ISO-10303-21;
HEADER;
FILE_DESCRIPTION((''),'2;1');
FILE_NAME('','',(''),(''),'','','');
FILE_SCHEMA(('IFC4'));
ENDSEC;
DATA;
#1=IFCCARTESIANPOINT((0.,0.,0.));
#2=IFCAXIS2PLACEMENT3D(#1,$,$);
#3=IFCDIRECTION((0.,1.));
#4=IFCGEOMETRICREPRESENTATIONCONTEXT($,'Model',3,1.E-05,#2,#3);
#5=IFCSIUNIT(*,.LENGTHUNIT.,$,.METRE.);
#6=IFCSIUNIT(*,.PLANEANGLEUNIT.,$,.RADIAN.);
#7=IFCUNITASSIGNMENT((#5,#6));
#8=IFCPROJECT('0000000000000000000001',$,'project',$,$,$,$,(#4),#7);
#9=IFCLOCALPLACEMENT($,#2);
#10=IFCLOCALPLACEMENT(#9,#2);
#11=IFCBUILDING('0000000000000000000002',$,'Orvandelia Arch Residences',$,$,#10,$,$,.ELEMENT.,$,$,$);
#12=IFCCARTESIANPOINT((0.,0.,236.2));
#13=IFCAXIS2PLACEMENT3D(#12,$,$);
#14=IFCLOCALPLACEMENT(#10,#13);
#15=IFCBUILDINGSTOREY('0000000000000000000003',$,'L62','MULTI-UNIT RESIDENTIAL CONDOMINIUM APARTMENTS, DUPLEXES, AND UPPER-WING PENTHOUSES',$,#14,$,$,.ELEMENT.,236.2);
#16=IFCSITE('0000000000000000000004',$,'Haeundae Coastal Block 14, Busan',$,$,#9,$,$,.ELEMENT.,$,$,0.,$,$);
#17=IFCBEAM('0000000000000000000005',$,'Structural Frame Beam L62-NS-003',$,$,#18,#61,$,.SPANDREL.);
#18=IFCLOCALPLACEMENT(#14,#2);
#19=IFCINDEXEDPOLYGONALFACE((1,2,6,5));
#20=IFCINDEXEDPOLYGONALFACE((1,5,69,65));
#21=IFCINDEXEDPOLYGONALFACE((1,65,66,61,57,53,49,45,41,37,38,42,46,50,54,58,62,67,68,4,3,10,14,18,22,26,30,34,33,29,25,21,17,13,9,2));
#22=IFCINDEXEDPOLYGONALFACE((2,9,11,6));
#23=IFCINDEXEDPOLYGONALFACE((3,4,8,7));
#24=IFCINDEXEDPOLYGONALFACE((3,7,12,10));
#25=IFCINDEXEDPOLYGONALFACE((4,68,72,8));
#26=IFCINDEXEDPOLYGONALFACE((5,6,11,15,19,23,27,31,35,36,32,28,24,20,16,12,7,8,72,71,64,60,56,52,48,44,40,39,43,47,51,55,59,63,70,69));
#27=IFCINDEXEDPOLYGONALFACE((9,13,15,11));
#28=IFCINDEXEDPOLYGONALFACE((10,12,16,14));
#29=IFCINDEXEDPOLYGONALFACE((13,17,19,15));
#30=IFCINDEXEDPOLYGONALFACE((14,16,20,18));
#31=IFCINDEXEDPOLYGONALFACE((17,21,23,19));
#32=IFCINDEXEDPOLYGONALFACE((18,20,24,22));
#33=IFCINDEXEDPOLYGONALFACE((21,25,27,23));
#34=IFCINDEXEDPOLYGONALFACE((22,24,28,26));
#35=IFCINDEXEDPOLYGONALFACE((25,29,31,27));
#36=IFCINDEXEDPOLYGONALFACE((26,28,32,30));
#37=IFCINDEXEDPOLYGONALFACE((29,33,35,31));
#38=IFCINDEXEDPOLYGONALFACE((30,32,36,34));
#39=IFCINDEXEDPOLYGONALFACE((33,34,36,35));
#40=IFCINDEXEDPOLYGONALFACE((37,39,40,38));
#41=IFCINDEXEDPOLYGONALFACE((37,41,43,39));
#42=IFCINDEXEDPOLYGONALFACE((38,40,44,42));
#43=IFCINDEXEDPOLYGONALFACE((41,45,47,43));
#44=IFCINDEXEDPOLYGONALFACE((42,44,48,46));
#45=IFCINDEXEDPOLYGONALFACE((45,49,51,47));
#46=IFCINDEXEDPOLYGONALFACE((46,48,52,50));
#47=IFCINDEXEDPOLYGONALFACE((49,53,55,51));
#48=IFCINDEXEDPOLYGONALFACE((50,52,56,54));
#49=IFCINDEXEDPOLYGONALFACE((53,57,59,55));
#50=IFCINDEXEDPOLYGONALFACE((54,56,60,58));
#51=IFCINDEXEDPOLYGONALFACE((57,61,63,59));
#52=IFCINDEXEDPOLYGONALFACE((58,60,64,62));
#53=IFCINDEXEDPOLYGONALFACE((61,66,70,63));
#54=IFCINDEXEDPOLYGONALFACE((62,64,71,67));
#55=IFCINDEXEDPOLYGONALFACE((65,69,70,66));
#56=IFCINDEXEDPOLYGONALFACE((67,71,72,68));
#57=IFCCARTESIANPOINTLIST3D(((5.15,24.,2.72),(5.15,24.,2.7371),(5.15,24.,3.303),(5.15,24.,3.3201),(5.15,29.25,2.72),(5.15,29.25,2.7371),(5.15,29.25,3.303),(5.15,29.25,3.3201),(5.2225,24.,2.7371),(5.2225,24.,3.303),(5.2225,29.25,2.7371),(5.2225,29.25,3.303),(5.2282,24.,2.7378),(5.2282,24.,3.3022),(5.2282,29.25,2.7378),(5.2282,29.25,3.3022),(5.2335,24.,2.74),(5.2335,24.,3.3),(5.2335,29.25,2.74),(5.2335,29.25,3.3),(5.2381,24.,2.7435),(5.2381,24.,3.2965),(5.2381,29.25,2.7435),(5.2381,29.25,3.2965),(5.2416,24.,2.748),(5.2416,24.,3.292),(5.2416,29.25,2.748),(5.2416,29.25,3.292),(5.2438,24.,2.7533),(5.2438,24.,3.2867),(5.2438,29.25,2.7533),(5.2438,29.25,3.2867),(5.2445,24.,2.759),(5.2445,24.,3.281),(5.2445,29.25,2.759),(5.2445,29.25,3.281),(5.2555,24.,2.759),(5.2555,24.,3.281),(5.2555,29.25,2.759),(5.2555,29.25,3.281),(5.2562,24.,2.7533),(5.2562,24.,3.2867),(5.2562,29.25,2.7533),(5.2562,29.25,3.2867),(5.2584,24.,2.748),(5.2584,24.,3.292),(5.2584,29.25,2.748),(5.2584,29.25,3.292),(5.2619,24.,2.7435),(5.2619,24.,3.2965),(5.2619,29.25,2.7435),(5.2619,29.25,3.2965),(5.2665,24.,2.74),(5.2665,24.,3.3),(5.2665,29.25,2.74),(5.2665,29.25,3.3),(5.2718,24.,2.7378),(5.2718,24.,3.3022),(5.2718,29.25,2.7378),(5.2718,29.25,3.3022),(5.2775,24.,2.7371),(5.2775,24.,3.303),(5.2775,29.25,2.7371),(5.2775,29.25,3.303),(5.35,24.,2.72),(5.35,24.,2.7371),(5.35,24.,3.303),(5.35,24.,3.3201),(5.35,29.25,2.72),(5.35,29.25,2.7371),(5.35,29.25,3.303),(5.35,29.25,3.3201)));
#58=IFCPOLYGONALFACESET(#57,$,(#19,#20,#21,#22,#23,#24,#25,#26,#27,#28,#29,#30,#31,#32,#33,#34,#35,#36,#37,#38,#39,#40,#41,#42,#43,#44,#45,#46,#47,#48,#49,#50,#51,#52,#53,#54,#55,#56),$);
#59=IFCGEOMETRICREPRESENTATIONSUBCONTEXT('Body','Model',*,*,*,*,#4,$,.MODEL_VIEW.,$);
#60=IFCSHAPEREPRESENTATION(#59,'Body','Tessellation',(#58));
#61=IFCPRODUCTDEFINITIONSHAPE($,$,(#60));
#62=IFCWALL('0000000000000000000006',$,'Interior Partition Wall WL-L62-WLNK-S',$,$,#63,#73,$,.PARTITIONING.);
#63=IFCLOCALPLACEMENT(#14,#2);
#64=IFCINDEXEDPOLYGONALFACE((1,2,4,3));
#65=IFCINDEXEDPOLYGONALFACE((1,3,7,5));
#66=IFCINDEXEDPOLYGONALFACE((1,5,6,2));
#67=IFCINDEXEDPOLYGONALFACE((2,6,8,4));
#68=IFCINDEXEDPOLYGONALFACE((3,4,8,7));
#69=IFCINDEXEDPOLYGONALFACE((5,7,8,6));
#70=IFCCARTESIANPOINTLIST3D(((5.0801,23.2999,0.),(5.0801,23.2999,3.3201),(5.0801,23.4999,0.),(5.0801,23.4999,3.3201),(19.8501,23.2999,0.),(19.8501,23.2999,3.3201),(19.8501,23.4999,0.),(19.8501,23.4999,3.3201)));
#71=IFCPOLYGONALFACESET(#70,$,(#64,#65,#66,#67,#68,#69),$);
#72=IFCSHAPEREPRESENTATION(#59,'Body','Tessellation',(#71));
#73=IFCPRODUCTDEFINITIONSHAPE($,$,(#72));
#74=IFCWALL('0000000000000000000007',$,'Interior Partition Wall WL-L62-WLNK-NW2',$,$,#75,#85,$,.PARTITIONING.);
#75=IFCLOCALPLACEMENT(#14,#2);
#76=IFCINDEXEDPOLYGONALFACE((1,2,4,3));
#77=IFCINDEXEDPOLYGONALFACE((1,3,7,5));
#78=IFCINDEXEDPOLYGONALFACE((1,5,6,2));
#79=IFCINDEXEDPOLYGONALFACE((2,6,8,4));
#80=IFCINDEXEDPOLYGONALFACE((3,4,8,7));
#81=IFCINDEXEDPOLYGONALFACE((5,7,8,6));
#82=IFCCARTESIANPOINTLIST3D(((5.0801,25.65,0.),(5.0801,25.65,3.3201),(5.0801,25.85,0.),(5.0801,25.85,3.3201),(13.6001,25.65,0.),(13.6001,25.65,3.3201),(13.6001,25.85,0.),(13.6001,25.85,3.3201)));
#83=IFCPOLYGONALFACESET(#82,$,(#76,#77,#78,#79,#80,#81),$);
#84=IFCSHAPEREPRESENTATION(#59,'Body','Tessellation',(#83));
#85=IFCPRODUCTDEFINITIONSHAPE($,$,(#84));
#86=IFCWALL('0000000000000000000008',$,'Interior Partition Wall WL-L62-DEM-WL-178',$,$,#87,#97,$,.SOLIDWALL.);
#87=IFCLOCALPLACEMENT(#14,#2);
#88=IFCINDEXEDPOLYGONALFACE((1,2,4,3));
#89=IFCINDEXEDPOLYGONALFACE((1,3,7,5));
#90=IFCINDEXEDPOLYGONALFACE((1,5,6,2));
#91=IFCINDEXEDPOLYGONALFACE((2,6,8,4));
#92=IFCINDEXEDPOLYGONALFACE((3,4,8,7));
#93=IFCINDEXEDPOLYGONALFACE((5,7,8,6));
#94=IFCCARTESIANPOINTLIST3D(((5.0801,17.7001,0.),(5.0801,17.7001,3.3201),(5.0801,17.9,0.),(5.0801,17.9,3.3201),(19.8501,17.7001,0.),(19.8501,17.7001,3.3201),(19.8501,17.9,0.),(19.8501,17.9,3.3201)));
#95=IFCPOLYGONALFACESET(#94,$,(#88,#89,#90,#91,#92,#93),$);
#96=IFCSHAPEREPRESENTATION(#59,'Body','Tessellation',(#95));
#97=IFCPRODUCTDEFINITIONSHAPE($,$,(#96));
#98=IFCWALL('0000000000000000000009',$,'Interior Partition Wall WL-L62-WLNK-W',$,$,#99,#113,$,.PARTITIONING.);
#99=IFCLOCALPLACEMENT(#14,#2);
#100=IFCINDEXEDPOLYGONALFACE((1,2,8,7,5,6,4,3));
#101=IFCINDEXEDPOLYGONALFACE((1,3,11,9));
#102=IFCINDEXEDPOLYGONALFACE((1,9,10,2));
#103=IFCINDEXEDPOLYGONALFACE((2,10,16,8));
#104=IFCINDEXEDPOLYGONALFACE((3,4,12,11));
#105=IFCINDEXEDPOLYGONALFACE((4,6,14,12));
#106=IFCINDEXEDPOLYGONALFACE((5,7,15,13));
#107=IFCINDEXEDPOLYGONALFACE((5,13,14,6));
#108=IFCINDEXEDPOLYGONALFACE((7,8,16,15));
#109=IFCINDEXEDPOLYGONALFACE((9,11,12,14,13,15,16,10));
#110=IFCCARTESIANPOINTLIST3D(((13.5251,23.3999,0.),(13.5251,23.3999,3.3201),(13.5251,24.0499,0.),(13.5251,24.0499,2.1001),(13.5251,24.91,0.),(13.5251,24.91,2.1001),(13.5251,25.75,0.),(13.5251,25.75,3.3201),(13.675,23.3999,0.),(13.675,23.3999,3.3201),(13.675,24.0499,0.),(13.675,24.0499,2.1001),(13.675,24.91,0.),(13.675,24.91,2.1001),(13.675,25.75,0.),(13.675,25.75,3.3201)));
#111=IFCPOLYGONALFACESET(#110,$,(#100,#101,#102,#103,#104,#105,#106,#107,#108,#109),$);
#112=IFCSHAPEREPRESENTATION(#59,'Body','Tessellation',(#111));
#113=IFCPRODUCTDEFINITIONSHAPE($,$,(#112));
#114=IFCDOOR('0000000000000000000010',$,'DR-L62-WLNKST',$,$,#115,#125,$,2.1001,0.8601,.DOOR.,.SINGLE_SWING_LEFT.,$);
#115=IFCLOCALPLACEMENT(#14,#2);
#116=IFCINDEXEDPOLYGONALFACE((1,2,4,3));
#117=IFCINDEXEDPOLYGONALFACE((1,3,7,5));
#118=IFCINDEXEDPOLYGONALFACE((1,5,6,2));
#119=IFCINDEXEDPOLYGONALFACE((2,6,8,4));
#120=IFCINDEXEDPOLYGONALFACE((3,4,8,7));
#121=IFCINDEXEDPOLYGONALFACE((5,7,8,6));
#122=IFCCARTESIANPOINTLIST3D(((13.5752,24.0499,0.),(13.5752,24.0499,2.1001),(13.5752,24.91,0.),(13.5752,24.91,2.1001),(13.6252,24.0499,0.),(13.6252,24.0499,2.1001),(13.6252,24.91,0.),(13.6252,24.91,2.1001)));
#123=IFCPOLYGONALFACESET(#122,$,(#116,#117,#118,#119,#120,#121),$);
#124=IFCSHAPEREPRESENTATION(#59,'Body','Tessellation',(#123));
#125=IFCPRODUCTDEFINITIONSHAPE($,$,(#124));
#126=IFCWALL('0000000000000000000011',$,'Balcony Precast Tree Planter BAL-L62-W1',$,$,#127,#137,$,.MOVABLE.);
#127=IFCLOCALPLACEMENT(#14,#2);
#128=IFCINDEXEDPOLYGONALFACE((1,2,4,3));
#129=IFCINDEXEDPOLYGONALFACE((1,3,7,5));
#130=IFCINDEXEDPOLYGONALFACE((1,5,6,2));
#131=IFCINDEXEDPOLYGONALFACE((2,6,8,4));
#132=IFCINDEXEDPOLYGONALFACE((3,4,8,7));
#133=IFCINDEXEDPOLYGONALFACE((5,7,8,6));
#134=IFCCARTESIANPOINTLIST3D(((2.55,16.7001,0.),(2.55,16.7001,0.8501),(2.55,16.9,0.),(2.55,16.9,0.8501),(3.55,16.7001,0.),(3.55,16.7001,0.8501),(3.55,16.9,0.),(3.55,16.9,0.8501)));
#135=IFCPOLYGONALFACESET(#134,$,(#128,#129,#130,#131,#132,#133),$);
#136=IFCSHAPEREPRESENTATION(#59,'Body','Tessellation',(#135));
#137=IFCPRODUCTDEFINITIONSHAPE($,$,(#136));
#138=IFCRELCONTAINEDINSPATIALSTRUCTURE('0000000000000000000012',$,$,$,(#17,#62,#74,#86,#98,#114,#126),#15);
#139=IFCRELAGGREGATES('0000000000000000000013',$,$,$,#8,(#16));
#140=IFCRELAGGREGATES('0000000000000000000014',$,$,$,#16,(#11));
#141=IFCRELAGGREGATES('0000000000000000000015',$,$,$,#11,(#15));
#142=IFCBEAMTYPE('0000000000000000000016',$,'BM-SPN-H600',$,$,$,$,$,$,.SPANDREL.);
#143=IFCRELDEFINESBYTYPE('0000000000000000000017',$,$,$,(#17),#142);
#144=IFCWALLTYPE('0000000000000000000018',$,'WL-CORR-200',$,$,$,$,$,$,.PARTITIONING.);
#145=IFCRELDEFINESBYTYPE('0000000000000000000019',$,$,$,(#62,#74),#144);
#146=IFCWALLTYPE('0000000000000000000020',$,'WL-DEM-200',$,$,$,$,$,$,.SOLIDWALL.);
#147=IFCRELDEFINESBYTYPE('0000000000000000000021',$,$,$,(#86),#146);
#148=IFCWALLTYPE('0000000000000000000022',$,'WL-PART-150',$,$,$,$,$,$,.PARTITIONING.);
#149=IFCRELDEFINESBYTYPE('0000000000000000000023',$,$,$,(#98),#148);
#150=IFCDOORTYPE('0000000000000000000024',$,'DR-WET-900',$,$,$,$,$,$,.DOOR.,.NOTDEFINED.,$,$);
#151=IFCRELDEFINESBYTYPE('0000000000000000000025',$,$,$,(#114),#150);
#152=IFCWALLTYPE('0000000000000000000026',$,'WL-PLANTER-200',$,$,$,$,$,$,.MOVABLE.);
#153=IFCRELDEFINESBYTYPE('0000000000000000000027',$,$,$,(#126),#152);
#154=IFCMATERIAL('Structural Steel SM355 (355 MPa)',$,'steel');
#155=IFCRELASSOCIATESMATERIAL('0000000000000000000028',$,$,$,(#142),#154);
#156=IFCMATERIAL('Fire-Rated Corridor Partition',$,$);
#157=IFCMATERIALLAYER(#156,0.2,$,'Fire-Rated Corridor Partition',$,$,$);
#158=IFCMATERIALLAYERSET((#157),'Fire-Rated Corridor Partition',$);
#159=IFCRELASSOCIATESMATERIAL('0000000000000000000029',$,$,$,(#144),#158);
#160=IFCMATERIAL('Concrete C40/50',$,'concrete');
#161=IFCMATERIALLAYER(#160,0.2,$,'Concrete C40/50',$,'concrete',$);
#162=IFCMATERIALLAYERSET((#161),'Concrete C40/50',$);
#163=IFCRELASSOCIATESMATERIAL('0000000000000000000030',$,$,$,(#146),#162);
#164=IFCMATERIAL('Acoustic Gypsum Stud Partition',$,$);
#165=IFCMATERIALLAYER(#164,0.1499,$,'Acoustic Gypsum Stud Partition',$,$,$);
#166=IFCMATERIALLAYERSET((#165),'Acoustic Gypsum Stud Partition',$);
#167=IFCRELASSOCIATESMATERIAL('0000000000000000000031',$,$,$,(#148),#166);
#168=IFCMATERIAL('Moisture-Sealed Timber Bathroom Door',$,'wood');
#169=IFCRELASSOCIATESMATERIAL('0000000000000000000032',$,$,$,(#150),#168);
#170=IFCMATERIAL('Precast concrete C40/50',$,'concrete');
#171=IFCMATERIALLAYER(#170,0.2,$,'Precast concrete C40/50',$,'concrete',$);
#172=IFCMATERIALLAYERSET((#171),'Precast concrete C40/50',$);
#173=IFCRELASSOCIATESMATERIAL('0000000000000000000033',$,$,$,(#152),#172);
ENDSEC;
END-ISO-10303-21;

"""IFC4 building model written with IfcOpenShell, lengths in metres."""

from ifc_helpers import new_model, si_unit, direction, frame, frame_2d, origin, origin_2d, place, context, subcontext, project, spatial, rectangle, i_section, extrude, material, layer, layer_set, material_profile, profile_set, type_object, element, fill, save


model = new_model("IFC4")

# Units and contexts
model_context = context("Model", 3, precision=1e-05, world=origin(), true_north=direction((0.0, 1.0)))
body_context = subcontext(model_context, "Body", "Model", "MODEL_VIEW")
ifc_project = project(units=[si_unit("LENGTHUNIT", "METRE"), si_unit("PLANEANGLEUNIT", "RADIAN")], contexts=[model_context])

# Site, building, storey
site_placement = place(None, origin())
site = spatial("IfcSite", under=ifc_project, at=site_placement, Name="Haeundae Coastal Block 14, Busan", CompositionType="ELEMENT", RefElevation=0.0)
building_placement = place(site_placement, origin())
building = spatial("IfcBuilding", under=site, at=building_placement, Name="Orvandelia Arch Residences", CompositionType="ELEMENT")
storey_placement = place(building_placement, frame((0.0, 0.0, 236.2)))
storey = spatial("IfcBuildingStorey", under=building, at=storey_placement, Name="L62", Description="MULTI-UNIT RESIDENTIAL CONDOMINIUM APARTMENTS, DUPLEXES, AND UPPER-WING PENTHOUSES", CompositionType="ELEMENT", Elevation=236.2)

# Beam
ifc_material_1 = material(Name="Structural Steel SM355 (355 MPa)", Category="steel")
ifc_material_profile_1 = material_profile(ifc_material_1, i_section(OverallWidth=0.2, OverallDepth=0.6001, WebThickness=0.011, FlangeThickness=0.0171, FilletRadius=0.022, at=origin_2d()), Name="Structural Steel SM355 (355 MPa)", Category="steel")
ifc_profile_set_1 = profile_set([ifc_material_profile_1], Name="Structural Steel SM355 (355 MPa)")
beam_type_1 = type_object("IfcBeamType", Name="BM-SPN-H600", PredefinedType="SPANDREL", material=ifc_profile_set_1)
beam_1_placement = place(storey_placement, frame((5.25, 24.0, 3.02), z_axis=(0.0, 1.0, 0.0), x_axis=(-1.0, 0.0, 0.0)))
element("IfcBeam", 1, at=beam_1_placement, inside=storey, type_object=beam_type_1, Name="Structural Frame Beam L62-NS-003", PredefinedType="SPANDREL", context=body_context, shape_type="SweptSolid", body=[
    extrude(i_section(OverallWidth=0.2, OverallDepth=0.6001, WebThickness=0.011, FlangeThickness=0.0171, FilletRadius=0.022, at=origin_2d()), origin(), (0.0, 0.0, 1.0), 5.25),
])

# Walls
ifc_material_2 = material(Name="Fire-Rated Corridor Partition")
ifc_layer_1 = layer(ifc_material_2, 0.2, Name="Fire-Rated Corridor Partition")
ifc_layer_set_1 = layer_set([ifc_layer_1], Name="Fire-Rated Corridor Partition")
wall_type_1 = type_object("IfcWallType", Name="WL-CORR-200", PredefinedType="PARTITIONING", material=ifc_layer_set_1)
wall_1_placement = place(storey_placement, frame((5.0801, 23.3999, 0.0), z_axis=(0.0, 0.0, 1.0), x_axis=(1.0, 0.0, 0.0)))
element("IfcWall", 2, at=wall_1_placement, inside=storey, type_object=wall_type_1, Name="Interior Partition Wall WL-L62-WLNK-S", PredefinedType="PARTITIONING", context=body_context, shape_type="SweptSolid", body=[
    extrude(rectangle(XDim=14.77, YDim=0.2, at=frame_2d((7.385, 0.0))), origin(), (0.0, 0.0, 1.0), 3.3201),
])
wall_2_placement = place(storey_placement, frame((5.0801, 25.75, 0.0), z_axis=(0.0, 0.0, 1.0), x_axis=(1.0, 0.0, 0.0)))
element("IfcWall", 3, at=wall_2_placement, inside=storey, type_object=wall_type_1, Name="Interior Partition Wall WL-L62-WLNK-NW2", PredefinedType="PARTITIONING", context=body_context, shape_type="SweptSolid", body=[
    extrude(rectangle(XDim=8.52, YDim=0.2, at=frame_2d((4.26, 0.0))), origin(), (0.0, 0.0, 1.0), 3.3201),
])
ifc_material_3 = material(Name="Concrete C40/50", Category="concrete")
ifc_layer_2 = layer(ifc_material_3, 0.2, Name="Concrete C40/50", Category="concrete")
ifc_layer_set_2 = layer_set([ifc_layer_2], Name="Concrete C40/50")
wall_type_2 = type_object("IfcWallType", Name="WL-DEM-200", PredefinedType="SOLIDWALL", material=ifc_layer_set_2)
wall_3_placement = place(storey_placement, frame((5.0801, 17.8, 0.0), z_axis=(0.0, 0.0, 1.0), x_axis=(1.0, 0.0, 0.0)))
element("IfcWall", 4, at=wall_3_placement, inside=storey, type_object=wall_type_2, Name="Interior Partition Wall WL-L62-DEM-WL-178", PredefinedType="SOLIDWALL", context=body_context, shape_type="SweptSolid", body=[
    extrude(rectangle(XDim=14.77, YDim=0.2, at=frame_2d((7.385, 0.0))), origin(), (0.0, 0.0, 1.0), 3.3201),
])

# Wall, opening, door
ifc_material_4 = material(Name="Acoustic Gypsum Stud Partition")
ifc_layer_3 = layer(ifc_material_4, 0.1499, Name="Acoustic Gypsum Stud Partition")
ifc_layer_set_3 = layer_set([ifc_layer_3], Name="Acoustic Gypsum Stud Partition")
wall_type_3 = type_object("IfcWallType", Name="WL-PART-150", PredefinedType="PARTITIONING", material=ifc_layer_set_3)
wall_4_placement = place(storey_placement, frame((13.6001, 23.3999, 0.0), z_axis=(0.0, 0.0, 1.0), x_axis=(0.0, 1.0, 0.0)))
wall_4 = element("IfcWall", 5, at=wall_4_placement, inside=storey, type_object=wall_type_3, Name="Interior Partition Wall WL-L62-WLNK-W", PredefinedType="PARTITIONING", context=body_context, shape_type="SweptSolid", body=[
    extrude(rectangle(XDim=2.3501, YDim=0.1499, at=frame_2d((1.175, 0.0))), origin(), (0.0, 0.0, 1.0), 3.3201),
])
opening_1_placement = place(wall_4_placement, frame((0.6499, 0.0, 0.0)))
opening_1 = element("IfcOpeningElement", 6, at=opening_1_placement, cuts=wall_4, PredefinedType="OPENING", context=body_context, shape_type="SweptSolid", body=[
    extrude(rectangle(XDim=0.8601, YDim=2.1001, at=frame_2d((0.4302, 1.05))), frame((0.0, 0.085, 0.0), z_axis=(0.0, -1.0, 0.0), x_axis=(1.0, 0.0, 0.0)), (0.0, 0.0, 1.0), 0.1699),
])
ifc_material_5 = material(Name="Moisture-Sealed Timber Bathroom Door", Category="wood")
door_type = type_object("IfcDoorType", Name="DR-WET-900", OperationType="NOTDEFINED", PredefinedType="DOOR", material=ifc_material_5)
door_1_placement = place(opening_1_placement, origin())
door_1 = element("IfcDoor", 7, at=door_1_placement, inside=storey, type_object=door_type, Name="DR-L62-WLNKST", OperationType="SINGLE_SWING_LEFT", OverallHeight=2.1001, OverallWidth=0.8601, PredefinedType="DOOR", context=body_context, shape_type="SweptSolid", body=[
    extrude(rectangle(XDim=0.8601, YDim=2.1001, at=frame_2d((0.4302, 1.05))), frame((0.0, 0.0249, 0.0), z_axis=(0.0, -1.0, 0.0), x_axis=(1.0, 0.0, 0.0)), (0.0, 0.0, 1.0), 0.05),
])
fill(opening_1, door_1)

# Wall
ifc_material_6 = material(Name="Precast concrete C40/50", Category="concrete")
ifc_layer_4 = layer(ifc_material_6, 0.2, Name="Precast concrete C40/50", Category="concrete")
ifc_layer_set_4 = layer_set([ifc_layer_4], Name="Precast concrete C40/50")
wall_type_4 = type_object("IfcWallType", Name="WL-PLANTER-200", PredefinedType="MOVABLE", material=ifc_layer_set_4)
wall_5_placement = place(storey_placement, frame((2.55, 16.8, 0.0), z_axis=(0.0, 0.0, 1.0), x_axis=(1.0, 0.0, 0.0)))
element("IfcWall", 8, at=wall_5_placement, inside=storey, type_object=wall_type_4, Name="Balcony Precast Tree Planter BAL-L62-W1", PredefinedType="MOVABLE", context=body_context, shape_type="SweptSolid", body=[
    extrude(rectangle(XDim=1.0, YDim=0.2, at=frame_2d((0.5, 0.0))), origin(), (0.0, 0.0, 1.0), 0.8501),
])

save(model, "model.ifc")
